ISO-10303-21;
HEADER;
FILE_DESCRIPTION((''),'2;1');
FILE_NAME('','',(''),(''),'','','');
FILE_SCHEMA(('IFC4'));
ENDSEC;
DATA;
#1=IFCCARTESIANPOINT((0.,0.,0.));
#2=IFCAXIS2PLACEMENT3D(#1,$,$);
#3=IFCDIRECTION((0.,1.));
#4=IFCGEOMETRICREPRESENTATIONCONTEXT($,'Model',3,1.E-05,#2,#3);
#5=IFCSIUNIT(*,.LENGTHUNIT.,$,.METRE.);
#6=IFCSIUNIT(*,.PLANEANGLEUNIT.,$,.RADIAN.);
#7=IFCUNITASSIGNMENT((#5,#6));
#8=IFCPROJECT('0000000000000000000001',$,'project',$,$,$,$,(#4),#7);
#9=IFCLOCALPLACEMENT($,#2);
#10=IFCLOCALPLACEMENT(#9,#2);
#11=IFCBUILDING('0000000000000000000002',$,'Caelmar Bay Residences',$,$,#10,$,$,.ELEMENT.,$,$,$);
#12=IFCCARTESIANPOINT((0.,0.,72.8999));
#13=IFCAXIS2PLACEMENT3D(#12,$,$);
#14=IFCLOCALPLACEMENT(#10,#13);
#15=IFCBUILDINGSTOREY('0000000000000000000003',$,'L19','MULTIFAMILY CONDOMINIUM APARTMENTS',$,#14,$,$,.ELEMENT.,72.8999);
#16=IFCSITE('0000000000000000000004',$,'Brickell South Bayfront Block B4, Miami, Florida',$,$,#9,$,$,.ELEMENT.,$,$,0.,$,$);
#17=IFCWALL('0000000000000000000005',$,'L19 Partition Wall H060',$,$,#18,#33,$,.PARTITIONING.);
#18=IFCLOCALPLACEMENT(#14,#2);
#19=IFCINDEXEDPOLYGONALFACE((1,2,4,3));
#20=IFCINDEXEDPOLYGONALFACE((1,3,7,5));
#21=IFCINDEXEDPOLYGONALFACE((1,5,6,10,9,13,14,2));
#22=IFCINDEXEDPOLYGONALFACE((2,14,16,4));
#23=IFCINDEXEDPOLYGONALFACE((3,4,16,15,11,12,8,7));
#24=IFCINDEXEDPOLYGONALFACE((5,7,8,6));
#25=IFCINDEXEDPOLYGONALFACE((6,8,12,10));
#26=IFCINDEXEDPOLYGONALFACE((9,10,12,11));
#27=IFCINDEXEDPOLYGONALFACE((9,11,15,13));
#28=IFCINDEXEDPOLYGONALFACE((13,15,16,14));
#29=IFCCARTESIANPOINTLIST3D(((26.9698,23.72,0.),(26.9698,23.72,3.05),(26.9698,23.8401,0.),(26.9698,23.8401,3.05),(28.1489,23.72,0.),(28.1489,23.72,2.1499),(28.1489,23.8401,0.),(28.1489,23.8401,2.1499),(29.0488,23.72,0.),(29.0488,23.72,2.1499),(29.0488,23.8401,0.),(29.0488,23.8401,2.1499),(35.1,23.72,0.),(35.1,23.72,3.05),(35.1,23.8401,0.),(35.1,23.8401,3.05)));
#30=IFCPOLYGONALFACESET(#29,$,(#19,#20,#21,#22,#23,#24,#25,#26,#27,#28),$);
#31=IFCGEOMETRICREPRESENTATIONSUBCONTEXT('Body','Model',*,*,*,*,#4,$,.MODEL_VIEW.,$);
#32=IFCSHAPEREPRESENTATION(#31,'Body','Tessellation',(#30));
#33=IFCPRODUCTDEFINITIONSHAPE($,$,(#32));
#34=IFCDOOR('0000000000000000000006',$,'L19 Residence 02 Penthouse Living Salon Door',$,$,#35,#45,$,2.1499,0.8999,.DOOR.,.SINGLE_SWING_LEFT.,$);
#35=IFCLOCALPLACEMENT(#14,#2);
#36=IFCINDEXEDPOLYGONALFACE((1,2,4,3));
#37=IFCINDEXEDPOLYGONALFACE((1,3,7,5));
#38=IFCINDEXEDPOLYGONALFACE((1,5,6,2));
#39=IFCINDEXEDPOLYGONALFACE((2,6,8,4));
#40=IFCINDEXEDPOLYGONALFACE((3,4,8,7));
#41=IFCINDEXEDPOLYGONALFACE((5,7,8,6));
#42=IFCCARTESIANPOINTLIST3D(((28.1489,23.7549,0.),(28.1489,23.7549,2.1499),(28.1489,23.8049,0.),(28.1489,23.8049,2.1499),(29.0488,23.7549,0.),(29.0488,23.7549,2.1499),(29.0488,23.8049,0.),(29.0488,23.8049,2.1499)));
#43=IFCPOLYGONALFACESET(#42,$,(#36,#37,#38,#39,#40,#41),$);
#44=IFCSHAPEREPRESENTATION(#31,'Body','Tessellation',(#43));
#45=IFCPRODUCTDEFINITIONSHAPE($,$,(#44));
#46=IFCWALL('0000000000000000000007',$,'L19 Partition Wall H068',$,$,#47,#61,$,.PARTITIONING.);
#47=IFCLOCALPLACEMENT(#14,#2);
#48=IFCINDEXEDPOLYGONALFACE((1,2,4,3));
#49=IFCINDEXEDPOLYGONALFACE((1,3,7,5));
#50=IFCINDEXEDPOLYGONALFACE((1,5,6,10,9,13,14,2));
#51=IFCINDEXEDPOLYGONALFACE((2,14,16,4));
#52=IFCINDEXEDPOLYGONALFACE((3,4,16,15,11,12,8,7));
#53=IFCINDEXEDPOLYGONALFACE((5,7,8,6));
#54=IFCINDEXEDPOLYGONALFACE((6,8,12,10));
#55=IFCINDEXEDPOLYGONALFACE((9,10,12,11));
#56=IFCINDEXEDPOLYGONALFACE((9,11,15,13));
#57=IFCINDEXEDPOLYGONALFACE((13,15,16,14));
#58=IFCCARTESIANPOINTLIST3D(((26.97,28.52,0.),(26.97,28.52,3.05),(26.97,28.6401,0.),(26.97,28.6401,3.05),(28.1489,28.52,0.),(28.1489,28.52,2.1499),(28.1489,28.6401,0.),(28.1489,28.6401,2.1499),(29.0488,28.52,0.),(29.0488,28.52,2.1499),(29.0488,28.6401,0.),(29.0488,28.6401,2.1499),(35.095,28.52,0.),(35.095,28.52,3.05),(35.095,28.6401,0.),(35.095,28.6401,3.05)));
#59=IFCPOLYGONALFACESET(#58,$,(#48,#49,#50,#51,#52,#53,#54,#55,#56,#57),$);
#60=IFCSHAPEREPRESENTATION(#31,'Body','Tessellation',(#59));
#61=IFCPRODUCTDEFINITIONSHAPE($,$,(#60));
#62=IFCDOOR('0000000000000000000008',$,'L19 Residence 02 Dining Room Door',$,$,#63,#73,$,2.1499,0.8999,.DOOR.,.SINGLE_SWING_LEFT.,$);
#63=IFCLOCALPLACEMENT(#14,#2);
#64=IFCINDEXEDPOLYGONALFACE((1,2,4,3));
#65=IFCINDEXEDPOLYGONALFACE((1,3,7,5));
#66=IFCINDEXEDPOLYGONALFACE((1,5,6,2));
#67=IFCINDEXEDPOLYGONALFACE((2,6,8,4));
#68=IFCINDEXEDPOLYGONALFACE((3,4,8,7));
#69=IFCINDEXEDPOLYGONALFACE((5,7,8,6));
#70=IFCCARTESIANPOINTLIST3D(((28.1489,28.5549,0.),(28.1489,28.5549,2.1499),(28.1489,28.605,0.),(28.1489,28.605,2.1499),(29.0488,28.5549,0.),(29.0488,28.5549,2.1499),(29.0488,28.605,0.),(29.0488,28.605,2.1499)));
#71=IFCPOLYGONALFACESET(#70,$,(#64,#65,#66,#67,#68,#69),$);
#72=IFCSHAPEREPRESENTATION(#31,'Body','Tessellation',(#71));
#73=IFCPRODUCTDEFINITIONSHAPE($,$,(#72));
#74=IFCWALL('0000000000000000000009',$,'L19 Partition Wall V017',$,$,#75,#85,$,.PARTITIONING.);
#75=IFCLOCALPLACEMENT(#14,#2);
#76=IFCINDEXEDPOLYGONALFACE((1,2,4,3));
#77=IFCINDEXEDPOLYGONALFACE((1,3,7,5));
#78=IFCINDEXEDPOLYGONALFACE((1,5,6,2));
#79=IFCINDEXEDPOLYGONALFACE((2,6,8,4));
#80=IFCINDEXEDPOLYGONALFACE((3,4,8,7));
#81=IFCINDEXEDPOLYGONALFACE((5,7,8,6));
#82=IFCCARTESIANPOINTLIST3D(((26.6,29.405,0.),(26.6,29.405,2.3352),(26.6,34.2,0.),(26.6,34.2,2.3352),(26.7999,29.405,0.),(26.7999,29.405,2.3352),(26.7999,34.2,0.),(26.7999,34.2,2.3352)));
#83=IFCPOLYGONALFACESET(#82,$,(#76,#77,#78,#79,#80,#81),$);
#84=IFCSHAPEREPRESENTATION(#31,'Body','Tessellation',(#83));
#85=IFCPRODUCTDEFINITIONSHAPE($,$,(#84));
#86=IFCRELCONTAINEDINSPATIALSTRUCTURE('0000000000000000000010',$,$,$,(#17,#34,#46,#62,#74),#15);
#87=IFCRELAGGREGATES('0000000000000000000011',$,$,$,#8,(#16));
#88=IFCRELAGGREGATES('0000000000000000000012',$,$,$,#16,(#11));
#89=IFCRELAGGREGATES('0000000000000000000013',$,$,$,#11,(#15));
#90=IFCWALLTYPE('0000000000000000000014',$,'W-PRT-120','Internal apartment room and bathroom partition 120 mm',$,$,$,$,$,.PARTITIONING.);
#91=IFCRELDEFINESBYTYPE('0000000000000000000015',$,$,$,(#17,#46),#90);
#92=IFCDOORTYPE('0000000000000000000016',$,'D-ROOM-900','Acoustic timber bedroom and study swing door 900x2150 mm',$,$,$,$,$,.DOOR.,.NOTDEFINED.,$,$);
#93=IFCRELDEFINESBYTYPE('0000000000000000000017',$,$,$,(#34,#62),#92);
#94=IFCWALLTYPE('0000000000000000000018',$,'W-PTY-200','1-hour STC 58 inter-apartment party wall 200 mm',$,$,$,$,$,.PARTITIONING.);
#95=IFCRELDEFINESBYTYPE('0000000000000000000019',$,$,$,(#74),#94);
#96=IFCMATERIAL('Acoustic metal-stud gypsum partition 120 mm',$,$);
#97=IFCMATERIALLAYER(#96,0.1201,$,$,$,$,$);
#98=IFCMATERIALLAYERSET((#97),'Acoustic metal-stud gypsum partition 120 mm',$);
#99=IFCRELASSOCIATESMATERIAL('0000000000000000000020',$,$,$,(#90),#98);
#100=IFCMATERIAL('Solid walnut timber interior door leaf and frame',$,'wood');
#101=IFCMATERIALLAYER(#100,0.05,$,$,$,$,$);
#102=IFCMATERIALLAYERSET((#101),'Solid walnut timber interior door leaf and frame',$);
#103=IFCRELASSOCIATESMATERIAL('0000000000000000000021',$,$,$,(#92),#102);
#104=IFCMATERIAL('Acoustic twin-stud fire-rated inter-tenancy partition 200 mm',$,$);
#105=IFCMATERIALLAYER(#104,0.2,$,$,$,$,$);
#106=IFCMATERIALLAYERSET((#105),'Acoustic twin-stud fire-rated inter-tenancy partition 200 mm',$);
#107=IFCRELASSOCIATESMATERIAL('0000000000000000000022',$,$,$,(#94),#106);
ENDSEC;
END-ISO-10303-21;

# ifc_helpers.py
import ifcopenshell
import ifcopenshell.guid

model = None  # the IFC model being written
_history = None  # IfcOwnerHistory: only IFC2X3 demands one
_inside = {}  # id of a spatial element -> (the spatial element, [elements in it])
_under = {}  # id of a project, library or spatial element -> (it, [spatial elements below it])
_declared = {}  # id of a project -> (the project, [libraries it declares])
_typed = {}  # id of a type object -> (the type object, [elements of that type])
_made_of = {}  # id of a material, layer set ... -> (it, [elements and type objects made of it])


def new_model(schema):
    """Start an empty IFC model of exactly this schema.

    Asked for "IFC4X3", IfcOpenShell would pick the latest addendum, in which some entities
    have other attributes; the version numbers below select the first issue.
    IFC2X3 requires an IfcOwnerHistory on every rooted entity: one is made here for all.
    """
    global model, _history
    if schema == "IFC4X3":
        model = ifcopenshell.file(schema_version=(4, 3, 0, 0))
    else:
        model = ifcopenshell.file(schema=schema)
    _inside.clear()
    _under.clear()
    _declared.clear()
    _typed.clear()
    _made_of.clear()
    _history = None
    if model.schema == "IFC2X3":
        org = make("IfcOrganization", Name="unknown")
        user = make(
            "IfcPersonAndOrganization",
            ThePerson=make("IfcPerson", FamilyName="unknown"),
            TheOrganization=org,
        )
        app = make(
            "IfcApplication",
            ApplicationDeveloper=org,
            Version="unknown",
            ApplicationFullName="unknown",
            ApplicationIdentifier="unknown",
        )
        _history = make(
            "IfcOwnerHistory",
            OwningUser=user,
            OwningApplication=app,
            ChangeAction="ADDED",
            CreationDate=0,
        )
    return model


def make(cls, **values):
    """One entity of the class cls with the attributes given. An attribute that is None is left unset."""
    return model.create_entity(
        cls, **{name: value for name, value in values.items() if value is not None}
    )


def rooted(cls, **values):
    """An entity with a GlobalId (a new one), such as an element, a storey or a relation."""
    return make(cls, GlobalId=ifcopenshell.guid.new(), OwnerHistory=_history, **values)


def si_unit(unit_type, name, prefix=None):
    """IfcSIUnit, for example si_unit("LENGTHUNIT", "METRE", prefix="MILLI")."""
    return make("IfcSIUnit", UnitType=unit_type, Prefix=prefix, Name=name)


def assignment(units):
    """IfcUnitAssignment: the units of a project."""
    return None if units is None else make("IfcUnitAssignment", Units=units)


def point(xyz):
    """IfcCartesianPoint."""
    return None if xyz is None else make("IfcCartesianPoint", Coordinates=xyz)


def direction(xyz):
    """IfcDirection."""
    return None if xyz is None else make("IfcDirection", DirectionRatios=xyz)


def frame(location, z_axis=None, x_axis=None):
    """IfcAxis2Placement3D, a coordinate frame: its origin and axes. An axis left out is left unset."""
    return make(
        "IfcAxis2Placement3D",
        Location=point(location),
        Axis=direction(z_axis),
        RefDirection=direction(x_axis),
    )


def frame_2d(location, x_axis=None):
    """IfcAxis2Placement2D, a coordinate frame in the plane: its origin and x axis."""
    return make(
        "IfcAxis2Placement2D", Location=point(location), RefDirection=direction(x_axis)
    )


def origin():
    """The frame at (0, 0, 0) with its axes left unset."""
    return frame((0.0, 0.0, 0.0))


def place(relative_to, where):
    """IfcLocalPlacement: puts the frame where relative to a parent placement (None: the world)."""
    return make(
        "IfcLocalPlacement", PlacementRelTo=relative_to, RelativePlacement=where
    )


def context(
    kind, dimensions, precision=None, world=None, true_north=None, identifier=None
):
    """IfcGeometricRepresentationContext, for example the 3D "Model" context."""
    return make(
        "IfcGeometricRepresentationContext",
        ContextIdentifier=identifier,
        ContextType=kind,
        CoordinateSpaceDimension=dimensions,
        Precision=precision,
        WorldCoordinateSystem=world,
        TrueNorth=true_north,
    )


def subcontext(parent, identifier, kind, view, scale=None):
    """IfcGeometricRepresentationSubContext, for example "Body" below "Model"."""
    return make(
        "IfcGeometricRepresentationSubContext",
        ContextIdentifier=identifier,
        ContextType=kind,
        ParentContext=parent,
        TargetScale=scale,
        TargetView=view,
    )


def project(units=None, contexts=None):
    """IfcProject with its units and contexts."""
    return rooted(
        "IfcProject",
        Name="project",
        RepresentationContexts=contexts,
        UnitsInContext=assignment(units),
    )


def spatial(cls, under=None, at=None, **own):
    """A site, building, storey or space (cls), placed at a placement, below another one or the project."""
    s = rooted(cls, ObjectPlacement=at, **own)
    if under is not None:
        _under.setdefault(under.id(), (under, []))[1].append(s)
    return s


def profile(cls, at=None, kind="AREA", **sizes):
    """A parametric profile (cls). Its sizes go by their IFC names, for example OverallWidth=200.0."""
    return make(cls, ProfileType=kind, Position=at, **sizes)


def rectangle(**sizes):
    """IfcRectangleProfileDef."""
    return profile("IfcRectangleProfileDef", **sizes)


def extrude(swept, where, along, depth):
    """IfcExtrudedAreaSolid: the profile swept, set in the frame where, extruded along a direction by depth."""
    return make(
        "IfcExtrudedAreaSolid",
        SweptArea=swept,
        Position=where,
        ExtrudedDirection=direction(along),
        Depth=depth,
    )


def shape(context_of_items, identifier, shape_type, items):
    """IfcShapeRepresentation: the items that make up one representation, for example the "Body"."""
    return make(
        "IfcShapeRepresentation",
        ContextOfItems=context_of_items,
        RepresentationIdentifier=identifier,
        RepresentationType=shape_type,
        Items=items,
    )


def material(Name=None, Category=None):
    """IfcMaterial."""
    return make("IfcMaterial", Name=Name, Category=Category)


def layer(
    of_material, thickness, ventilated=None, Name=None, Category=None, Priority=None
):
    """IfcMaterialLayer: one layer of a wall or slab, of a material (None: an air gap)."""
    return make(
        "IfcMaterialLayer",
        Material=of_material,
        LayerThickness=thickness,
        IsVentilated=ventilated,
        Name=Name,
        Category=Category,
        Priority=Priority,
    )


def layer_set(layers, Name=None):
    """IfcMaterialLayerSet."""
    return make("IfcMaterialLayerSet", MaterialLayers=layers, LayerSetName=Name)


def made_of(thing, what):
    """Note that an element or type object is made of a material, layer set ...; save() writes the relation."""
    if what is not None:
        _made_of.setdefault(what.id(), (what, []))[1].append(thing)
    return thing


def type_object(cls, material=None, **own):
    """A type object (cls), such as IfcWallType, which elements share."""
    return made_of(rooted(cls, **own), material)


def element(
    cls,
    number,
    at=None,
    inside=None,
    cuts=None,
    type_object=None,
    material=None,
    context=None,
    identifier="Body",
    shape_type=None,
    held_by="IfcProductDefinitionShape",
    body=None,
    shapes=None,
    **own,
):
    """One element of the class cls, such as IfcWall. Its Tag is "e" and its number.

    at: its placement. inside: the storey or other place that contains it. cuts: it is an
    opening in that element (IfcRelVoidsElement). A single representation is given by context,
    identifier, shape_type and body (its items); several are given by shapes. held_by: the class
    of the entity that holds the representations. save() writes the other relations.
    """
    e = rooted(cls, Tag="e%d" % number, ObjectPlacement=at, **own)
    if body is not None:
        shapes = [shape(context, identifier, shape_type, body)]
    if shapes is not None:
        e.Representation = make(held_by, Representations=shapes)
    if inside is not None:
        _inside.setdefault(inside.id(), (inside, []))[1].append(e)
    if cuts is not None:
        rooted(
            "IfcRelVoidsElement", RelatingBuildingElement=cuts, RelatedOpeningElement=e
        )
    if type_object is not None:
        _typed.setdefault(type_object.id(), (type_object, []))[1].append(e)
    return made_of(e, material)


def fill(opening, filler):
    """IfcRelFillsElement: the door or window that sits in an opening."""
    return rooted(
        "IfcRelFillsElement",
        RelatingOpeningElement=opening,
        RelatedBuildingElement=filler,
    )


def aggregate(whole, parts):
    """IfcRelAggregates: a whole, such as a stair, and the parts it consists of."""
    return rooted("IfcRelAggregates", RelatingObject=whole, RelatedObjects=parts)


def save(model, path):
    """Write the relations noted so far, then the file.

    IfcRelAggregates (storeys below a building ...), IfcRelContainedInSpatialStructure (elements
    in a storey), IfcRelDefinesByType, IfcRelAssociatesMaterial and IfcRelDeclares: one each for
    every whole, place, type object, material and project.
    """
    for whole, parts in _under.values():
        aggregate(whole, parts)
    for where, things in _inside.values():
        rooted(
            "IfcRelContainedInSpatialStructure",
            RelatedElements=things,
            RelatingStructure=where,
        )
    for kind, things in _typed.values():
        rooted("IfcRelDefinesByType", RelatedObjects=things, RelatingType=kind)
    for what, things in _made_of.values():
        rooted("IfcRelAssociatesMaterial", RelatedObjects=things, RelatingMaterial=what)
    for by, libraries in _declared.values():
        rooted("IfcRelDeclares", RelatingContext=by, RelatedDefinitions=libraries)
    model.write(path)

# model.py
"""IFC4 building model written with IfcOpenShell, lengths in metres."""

from ifc_helpers import new_model, si_unit, direction, frame, frame_2d, origin, place, context, subcontext, project, spatial, rectangle, extrude, material, layer, layer_set, type_object, element, fill, save


model = new_model("IFC4")

# Units and contexts
model_context = context("Model", 3, precision=1e-05, world=origin(), true_north=direction((0.0, 1.0)))
body_context = subcontext(model_context, "Body", "Model", "MODEL_VIEW")
ifc_project = project(units=[si_unit("LENGTHUNIT", "METRE"), si_unit("PLANEANGLEUNIT", "RADIAN")], contexts=[model_context])

# Site, building, storey
site_placement = place(None, origin())
site = spatial("IfcSite", under=ifc_project, at=site_placement, Name="Brickell South Bayfront Block B4, Miami, Florida", CompositionType="ELEMENT", RefElevation=0.0)
building_placement = place(site_placement, origin())
building = spatial("IfcBuilding", under=site, at=building_placement, Name="Caelmar Bay Residences", CompositionType="ELEMENT")
storey_placement = place(building_placement, frame((0.0, 0.0, 72.8999)))
storey = spatial("IfcBuildingStorey", under=building, at=storey_placement, Name="L19", Description="MULTIFAMILY CONDOMINIUM APARTMENTS", CompositionType="ELEMENT", Elevation=72.8999)

# Walls, openings, doors
ifc_material_1 = material(Name="Acoustic metal-stud gypsum partition 120 mm")
ifc_layer_1 = layer(ifc_material_1, 0.1201)
ifc_layer_set_1 = layer_set([ifc_layer_1], Name="Acoustic metal-stud gypsum partition 120 mm")
wall_type_1 = type_object("IfcWallType", Name="W-PRT-120", Description="Internal apartment room and bathroom partition 120 mm", PredefinedType="PARTITIONING", material=ifc_layer_set_1)
ifc_material_2 = material(Name="Solid walnut timber interior door leaf and frame", Category="wood")
ifc_layer_2 = layer(ifc_material_2, 0.05)
ifc_layer_set_2 = layer_set([ifc_layer_2], Name="Solid walnut timber interior door leaf and frame")
door_type_1 = type_object("IfcDoorType", Name="D-ROOM-900", Description="Acoustic timber bedroom and study swing door 900x2150 mm", OperationType="NOTDEFINED", PredefinedType="DOOR", material=ifc_layer_set_2)
wall_1_placement = place(storey_placement, frame((26.97, 23.78, 0.0), z_axis=(0.0, 0.0, 1.0), x_axis=(1.0, 0.0, 0.0)))
wall_1 = element("IfcWall", 1, at=wall_1_placement, inside=storey, type_object=wall_type_1, Name="L19 Partition Wall H060", PredefinedType="PARTITIONING", context=body_context, shape_type="SweptSolid", body=[
    extrude(rectangle(XDim=8.1301, YDim=0.1201, at=frame_2d((4.0649, 0.0))), origin(), (0.0, 0.0, 1.0), 3.05),
])
opening_1_placement = place(wall_1_placement, frame((1.179, 0.0, 0.0)))
opening_1 = element("IfcOpeningElement", 2, at=opening_1_placement, cuts=wall_1, PredefinedType="OPENING", context=body_context, shape_type="SweptSolid", body=[
    extrude(rectangle(XDim=0.8999, YDim=2.1499, at=frame_2d((0.45, 1.075))), frame((0.0, 0.0701, 0.0), z_axis=(0.0, -1.0, 0.0), x_axis=(1.0, 0.0, 0.0)), (0.0, 0.0, 1.0), 0.1401),
])
door_1_placement = place(opening_1_placement, origin())
door_1 = element("IfcDoor", 3, at=door_1_placement, inside=storey, type_object=door_type_1, Name="L19 Residence 02 Penthouse Living Salon Door", OperationType="SINGLE_SWING_LEFT", OverallHeight=2.1499, OverallWidth=0.8999, PredefinedType="DOOR", context=body_context, shape_type="SweptSolid", body=[
    extrude(rectangle(XDim=0.8999, YDim=2.1499, at=frame_2d((0.45, 1.075))), frame((0.0, 0.0249, 0.0), z_axis=(0.0, -1.0, 0.0), x_axis=(1.0, 0.0, 0.0)), (0.0, 0.0, 1.0), 0.05),
])
fill(opening_1, door_1)
wall_2_placement = place(storey_placement, frame((26.97, 28.5801, 0.0), z_axis=(0.0, 0.0, 1.0), x_axis=(1.0, 0.0, 0.0)))
wall_2 = element("IfcWall", 4, at=wall_2_placement, inside=storey, type_object=wall_type_1, Name="L19 Partition Wall H068", PredefinedType="PARTITIONING", context=body_context, shape_type="SweptSolid", body=[
    extrude(rectangle(XDim=8.125, YDim=0.1201, at=frame_2d((4.0625, 0.0))), origin(), (0.0, 0.0, 1.0), 3.05),
])
opening_2_placement = place(wall_2_placement, frame((1.179, 0.0, 0.0)))
opening_2 = element("IfcOpeningElement", 5, at=opening_2_placement, cuts=wall_2, PredefinedType="OPENING", context=body_context, shape_type="SweptSolid", body=[
    extrude(rectangle(XDim=0.8999, YDim=2.1499, at=frame_2d((0.45, 1.075))), frame((0.0, 0.0701, 0.0), z_axis=(0.0, -1.0, 0.0), x_axis=(1.0, 0.0, 0.0)), (0.0, 0.0, 1.0), 0.1401),
])
door_2_placement = place(opening_2_placement, origin())
door_2 = element("IfcDoor", 6, at=door_2_placement, inside=storey, type_object=door_type_1, Name="L19 Residence 02 Dining Room Door", OperationType="SINGLE_SWING_LEFT", OverallHeight=2.1499, OverallWidth=0.8999, PredefinedType="DOOR", context=body_context, shape_type="SweptSolid", body=[
    extrude(rectangle(XDim=0.8999, YDim=2.1499, at=frame_2d((0.45, 1.075))), frame((0.0, 0.0249, 0.0), z_axis=(0.0, -1.0, 0.0), x_axis=(1.0, 0.0, 0.0)), (0.0, 0.0, 1.0), 0.05),
])
fill(opening_2, door_2)

# Wall
ifc_material_3 = material(Name="Acoustic twin-stud fire-rated inter-tenancy partition 200 mm")
ifc_layer_3 = layer(ifc_material_3, 0.2)
ifc_layer_set_3 = layer_set([ifc_layer_3], Name="Acoustic twin-stud fire-rated inter-tenancy partition 200 mm")
wall_type_2 = type_object("IfcWallType", Name="W-PTY-200", Description="1-hour STC 58 inter-apartment party wall 200 mm", PredefinedType="PARTITIONING", material=ifc_layer_set_3)
wall_3_placement = place(storey_placement, frame((26.7, 29.405, 0.0), z_axis=(0.0, 0.0, 1.0), x_axis=(0.0, 1.0, 0.0)))
element("IfcWall", 7, at=wall_3_placement, inside=storey, type_object=wall_type_2, Name="L19 Partition Wall V017", PredefinedType="PARTITIONING", context=body_context, shape_type="SweptSolid", body=[
    extrude(rectangle(XDim=4.7949, YDim=0.2, at=frame_2d((2.3975, 0.0))), origin(), (0.0, 0.0, 1.0), 2.3352),
])

save(model, "model.ifc")
